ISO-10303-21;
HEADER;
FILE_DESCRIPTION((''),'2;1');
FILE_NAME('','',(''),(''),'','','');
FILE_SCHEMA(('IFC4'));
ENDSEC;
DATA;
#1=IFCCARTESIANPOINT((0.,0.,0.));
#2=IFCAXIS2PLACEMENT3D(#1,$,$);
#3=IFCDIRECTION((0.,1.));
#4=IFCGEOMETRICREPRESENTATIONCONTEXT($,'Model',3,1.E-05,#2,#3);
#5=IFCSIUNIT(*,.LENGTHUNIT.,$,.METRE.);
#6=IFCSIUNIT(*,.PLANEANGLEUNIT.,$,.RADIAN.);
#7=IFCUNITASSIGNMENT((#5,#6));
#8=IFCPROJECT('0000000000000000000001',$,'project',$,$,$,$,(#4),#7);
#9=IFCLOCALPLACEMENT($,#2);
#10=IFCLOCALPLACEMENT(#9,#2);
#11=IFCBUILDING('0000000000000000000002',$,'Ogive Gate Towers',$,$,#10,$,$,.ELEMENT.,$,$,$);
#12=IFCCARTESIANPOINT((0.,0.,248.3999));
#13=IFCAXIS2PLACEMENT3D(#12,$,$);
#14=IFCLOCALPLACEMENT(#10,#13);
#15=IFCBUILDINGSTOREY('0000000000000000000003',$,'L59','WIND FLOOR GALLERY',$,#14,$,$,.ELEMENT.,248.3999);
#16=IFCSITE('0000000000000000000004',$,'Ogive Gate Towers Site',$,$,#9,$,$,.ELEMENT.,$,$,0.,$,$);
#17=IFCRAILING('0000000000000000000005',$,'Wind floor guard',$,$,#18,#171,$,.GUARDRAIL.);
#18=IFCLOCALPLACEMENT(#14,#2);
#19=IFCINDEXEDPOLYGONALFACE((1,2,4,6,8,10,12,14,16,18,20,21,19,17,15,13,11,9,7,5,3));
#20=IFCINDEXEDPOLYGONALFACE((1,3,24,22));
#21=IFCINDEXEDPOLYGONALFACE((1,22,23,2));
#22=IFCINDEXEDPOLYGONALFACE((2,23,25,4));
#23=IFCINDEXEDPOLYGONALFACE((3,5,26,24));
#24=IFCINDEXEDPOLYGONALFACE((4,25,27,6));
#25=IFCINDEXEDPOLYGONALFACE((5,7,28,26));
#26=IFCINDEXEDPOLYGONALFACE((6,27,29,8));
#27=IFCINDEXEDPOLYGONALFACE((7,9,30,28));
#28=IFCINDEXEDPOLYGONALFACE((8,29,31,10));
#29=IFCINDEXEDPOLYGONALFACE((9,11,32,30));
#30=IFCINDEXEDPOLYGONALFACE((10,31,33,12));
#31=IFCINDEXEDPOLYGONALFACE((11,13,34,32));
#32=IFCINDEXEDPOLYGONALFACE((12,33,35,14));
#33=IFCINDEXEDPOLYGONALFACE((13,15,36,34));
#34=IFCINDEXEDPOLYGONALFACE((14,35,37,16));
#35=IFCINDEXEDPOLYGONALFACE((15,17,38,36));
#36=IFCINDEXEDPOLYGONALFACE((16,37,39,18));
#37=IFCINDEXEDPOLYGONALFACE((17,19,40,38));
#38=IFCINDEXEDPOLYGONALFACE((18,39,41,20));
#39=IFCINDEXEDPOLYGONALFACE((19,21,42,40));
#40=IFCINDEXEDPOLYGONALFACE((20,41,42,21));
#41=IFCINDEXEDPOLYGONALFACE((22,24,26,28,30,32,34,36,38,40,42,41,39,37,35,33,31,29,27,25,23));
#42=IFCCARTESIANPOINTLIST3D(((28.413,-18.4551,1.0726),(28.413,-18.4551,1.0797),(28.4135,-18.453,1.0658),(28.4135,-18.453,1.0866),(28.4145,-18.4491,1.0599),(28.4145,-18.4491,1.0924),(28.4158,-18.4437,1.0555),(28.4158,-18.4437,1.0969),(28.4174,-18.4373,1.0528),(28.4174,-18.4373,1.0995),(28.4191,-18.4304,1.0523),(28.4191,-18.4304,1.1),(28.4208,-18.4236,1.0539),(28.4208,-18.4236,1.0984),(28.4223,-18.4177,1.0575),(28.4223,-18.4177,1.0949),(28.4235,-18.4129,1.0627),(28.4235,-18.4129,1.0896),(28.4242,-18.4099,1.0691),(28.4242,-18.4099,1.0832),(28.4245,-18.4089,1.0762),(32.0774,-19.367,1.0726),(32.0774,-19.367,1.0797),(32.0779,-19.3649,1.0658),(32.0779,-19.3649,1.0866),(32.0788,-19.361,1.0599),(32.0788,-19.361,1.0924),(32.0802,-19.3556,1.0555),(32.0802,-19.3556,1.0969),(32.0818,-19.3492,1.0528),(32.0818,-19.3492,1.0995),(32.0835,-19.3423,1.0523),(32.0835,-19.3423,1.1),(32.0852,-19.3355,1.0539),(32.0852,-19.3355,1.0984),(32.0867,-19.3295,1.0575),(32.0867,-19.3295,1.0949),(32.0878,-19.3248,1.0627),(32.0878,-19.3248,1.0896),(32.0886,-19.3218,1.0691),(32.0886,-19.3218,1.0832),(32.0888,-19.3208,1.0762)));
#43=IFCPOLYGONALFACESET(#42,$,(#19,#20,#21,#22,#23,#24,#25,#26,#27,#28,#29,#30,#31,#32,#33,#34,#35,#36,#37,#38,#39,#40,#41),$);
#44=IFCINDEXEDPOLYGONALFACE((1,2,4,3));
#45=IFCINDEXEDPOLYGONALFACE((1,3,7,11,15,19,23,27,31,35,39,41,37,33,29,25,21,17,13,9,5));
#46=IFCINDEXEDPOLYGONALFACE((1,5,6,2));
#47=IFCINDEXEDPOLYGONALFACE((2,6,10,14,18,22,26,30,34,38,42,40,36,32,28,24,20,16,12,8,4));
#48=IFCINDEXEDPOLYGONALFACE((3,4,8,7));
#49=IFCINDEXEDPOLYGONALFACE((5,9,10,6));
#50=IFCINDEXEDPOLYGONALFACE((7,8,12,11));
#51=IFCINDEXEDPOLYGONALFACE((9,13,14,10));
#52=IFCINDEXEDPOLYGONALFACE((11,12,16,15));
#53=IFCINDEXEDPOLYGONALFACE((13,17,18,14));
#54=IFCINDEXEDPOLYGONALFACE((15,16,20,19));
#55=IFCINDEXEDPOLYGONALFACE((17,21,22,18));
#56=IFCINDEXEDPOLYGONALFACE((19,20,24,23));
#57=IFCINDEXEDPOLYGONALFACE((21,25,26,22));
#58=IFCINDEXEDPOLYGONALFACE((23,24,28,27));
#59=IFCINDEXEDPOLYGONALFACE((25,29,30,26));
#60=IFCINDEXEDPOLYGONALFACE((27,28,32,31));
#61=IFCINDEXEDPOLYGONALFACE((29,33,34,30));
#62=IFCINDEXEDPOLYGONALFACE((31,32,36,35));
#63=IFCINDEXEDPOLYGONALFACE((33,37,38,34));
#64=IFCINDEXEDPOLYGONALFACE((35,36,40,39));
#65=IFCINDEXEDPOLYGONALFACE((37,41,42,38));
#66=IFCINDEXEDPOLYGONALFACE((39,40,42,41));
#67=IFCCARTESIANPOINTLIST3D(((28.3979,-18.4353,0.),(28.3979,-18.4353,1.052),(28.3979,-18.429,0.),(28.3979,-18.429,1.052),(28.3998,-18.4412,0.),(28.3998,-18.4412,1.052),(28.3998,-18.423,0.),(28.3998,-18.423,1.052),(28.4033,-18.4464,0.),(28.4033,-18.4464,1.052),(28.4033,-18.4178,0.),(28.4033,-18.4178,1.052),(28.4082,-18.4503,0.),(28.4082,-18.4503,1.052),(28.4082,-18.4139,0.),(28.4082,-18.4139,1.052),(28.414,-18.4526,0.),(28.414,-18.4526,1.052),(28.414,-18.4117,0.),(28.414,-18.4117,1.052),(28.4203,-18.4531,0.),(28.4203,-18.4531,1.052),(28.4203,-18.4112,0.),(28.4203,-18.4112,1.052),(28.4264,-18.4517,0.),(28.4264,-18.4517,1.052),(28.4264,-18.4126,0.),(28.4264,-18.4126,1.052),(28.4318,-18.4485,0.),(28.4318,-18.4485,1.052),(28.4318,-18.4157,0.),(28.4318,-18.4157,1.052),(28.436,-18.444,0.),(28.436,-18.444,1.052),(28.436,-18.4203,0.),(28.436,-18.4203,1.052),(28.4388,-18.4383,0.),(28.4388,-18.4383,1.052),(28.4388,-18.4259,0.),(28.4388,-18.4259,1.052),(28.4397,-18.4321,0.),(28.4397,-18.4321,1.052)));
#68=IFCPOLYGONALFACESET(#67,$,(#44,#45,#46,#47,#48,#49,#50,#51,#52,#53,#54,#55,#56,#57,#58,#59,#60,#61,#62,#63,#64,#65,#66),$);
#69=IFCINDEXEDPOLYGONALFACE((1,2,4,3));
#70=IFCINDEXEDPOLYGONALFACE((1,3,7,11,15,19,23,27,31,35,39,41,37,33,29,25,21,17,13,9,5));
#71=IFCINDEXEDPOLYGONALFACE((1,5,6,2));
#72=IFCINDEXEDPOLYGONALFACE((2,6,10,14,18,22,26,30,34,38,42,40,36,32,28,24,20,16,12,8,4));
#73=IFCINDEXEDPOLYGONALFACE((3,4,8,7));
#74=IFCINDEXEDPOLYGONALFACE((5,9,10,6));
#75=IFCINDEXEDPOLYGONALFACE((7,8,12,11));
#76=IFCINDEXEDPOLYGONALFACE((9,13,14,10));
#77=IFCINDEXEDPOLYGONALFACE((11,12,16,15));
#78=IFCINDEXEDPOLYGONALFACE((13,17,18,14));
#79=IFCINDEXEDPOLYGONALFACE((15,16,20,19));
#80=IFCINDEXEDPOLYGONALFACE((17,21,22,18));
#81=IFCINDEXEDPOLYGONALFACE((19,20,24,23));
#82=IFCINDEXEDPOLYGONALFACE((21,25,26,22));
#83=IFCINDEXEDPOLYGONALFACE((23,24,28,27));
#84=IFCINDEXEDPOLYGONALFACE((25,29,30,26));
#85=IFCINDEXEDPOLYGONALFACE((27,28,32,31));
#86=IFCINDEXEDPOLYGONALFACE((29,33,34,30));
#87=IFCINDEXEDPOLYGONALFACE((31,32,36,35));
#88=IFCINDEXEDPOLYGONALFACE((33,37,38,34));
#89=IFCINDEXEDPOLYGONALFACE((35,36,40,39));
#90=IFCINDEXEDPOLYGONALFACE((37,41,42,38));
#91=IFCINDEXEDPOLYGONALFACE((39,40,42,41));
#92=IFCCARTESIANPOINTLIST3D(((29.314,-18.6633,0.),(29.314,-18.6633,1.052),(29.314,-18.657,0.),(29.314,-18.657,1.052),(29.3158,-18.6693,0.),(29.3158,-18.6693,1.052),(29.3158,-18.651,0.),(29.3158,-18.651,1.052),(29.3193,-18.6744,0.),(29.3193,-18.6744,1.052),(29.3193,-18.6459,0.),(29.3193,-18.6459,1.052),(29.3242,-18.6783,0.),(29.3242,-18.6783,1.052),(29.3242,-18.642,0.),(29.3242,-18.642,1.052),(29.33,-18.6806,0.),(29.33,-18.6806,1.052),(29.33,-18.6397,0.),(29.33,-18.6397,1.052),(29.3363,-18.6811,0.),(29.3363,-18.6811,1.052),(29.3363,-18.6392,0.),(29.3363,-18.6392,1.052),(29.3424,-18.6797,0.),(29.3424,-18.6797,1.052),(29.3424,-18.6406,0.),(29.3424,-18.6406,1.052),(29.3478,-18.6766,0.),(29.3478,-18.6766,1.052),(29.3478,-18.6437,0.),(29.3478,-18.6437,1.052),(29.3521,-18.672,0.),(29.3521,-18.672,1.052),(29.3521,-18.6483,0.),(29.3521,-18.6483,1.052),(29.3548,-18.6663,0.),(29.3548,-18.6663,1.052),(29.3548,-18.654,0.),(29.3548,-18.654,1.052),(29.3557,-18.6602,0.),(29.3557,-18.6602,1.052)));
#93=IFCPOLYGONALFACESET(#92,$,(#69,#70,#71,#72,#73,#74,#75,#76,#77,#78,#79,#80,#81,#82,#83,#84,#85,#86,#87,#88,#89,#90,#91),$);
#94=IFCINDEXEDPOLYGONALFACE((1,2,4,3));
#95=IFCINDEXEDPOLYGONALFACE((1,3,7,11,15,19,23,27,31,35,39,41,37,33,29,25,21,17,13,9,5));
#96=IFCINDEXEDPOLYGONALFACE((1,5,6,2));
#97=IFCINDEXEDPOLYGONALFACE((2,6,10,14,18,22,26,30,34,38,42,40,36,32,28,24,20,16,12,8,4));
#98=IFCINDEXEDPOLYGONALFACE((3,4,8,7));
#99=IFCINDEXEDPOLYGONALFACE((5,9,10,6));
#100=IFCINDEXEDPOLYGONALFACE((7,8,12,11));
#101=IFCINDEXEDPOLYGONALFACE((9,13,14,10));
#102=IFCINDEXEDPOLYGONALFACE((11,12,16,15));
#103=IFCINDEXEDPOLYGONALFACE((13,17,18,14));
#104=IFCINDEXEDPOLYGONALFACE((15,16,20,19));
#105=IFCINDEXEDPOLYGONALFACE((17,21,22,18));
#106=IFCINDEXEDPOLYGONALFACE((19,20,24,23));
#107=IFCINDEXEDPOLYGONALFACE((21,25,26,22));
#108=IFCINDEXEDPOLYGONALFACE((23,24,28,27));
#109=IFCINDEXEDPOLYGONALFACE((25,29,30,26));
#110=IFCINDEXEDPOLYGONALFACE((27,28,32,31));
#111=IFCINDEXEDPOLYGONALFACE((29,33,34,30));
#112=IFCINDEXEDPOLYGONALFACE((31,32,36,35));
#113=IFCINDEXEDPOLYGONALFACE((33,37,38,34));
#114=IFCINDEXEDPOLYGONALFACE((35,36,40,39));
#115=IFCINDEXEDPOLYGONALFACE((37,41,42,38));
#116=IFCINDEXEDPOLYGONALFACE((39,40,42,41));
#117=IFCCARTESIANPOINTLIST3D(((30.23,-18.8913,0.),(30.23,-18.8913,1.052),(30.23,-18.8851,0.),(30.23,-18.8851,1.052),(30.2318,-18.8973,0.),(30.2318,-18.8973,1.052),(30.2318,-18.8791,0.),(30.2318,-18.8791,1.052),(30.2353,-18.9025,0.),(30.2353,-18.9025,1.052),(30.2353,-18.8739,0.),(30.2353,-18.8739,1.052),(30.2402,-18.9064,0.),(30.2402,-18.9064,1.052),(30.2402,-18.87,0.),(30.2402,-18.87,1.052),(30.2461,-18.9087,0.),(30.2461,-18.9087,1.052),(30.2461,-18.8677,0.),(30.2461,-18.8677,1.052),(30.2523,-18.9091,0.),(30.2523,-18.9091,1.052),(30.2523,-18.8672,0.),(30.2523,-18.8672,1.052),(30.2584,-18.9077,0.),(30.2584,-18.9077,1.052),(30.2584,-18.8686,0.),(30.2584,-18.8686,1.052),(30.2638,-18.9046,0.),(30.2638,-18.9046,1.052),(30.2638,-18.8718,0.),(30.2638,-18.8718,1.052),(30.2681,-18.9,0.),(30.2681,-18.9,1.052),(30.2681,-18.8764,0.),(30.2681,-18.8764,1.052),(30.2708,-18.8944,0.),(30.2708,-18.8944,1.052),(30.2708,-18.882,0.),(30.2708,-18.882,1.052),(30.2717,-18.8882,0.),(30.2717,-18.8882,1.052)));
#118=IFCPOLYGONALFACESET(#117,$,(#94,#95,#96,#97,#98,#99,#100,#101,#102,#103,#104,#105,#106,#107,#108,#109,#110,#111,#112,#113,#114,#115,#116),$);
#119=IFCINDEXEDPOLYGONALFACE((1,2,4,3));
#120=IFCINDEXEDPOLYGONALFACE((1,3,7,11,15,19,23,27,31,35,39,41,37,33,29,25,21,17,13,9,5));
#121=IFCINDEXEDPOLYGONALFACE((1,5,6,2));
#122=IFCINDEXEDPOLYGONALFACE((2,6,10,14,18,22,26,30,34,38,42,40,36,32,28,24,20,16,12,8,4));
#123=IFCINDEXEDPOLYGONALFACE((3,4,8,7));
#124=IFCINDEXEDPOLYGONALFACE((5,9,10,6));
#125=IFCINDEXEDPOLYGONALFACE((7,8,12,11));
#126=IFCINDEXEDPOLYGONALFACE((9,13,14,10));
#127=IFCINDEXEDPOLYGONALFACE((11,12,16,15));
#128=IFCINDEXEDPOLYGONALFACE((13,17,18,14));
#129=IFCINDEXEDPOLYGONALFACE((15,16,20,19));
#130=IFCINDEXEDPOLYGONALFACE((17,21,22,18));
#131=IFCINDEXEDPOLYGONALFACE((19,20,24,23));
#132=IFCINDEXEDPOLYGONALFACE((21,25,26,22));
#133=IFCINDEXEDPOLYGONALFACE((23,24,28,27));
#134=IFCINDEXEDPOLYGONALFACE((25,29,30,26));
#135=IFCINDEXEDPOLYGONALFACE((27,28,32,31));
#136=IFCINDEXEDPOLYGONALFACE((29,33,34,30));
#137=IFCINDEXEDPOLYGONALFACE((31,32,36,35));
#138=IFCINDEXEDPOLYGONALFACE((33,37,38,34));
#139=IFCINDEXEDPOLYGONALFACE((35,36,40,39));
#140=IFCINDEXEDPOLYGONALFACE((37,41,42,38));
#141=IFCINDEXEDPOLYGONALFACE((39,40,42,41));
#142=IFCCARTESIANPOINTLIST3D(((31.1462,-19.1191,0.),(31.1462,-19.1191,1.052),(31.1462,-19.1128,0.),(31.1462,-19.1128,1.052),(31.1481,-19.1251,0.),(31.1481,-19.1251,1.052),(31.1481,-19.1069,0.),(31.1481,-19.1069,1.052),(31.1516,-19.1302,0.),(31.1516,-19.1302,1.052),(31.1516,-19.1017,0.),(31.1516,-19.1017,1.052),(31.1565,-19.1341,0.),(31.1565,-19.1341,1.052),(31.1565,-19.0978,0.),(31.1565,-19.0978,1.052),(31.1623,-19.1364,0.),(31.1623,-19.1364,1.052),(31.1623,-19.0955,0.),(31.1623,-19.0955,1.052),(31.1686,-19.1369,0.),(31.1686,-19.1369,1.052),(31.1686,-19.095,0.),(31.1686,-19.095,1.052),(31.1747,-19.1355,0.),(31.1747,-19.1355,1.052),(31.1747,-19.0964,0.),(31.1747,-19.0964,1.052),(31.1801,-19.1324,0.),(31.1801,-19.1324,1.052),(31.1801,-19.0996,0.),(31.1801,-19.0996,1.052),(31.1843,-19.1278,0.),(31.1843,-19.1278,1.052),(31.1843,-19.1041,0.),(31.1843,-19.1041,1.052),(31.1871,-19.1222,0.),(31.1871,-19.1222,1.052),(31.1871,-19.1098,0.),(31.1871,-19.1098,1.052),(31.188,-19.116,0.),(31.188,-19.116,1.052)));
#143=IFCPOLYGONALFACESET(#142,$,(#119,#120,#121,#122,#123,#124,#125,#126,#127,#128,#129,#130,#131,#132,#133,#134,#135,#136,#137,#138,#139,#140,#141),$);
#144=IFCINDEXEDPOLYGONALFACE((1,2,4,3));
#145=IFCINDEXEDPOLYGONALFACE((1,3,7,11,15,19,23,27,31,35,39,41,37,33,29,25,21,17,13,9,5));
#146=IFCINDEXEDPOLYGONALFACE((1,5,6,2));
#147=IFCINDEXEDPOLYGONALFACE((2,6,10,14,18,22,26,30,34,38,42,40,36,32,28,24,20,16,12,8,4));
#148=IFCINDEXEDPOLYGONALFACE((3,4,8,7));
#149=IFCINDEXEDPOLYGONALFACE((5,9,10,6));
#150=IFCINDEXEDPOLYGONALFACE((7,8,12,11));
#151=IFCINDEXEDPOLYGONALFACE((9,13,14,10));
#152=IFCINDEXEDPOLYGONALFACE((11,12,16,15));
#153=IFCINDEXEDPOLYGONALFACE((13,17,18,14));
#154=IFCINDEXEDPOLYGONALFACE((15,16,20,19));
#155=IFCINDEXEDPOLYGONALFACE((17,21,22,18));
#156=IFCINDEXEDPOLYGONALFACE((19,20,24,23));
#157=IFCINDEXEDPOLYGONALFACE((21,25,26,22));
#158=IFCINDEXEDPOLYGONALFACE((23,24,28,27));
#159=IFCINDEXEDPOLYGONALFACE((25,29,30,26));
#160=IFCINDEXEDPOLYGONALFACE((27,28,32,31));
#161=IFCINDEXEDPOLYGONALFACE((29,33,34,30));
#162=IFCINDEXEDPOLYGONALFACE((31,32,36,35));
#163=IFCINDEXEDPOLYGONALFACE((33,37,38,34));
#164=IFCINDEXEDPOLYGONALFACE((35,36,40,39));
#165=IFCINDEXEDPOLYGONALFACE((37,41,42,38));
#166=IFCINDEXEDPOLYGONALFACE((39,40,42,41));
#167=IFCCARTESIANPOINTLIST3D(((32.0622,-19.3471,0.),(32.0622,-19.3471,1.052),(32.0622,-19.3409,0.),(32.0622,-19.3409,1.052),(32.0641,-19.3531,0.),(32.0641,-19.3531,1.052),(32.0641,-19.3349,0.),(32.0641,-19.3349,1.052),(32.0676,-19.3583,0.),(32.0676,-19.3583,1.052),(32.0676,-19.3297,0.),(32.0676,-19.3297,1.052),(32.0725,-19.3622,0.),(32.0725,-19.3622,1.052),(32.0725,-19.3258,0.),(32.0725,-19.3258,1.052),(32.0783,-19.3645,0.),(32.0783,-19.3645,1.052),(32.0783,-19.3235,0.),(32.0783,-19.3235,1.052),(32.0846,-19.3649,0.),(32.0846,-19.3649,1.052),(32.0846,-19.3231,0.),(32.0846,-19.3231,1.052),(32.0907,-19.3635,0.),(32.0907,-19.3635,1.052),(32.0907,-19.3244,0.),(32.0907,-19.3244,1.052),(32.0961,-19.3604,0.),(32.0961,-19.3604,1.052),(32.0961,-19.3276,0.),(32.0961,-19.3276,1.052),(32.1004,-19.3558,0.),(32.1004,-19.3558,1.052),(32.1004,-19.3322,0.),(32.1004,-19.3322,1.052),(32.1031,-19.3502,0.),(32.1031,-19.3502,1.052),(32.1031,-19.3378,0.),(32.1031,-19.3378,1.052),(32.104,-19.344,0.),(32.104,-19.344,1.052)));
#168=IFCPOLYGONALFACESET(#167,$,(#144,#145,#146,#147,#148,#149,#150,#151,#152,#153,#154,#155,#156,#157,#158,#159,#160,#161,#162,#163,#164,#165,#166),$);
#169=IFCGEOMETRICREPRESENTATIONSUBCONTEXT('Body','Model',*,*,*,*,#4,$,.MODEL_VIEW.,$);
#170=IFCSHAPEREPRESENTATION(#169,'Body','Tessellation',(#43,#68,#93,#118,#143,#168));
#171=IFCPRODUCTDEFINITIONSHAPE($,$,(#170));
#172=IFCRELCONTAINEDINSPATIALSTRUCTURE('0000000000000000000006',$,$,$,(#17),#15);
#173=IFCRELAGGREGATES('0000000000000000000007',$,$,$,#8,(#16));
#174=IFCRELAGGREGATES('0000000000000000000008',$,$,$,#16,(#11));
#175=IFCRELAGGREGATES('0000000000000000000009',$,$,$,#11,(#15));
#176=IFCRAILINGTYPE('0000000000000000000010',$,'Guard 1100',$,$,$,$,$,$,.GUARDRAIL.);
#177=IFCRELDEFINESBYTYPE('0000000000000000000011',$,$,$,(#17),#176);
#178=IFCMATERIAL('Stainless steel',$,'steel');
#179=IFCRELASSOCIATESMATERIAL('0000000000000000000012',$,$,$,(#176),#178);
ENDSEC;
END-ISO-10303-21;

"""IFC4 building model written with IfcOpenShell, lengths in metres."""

from ifc_helpers import new_model, si_unit, direction, frame, origin, origin_2d, place, context, subcontext, project, spatial, circle, extrude, material, type_object, element, save


model = new_model("IFC4")

# Units and contexts
model_context = context("Model", 3, precision=1e-05, world=origin(), true_north=direction((0.0, 1.0)))
body_context = subcontext(model_context, "Body", "Model", "MODEL_VIEW")
ifc_project = project(units=[si_unit("LENGTHUNIT", "METRE"), si_unit("PLANEANGLEUNIT", "RADIAN")], contexts=[model_context])

# Site, building, storey
site_placement = place(None, origin())
site = spatial("IfcSite", under=ifc_project, at=site_placement, Name="Ogive Gate Towers Site", CompositionType="ELEMENT", RefElevation=0.0)
building_placement = place(site_placement, origin())
building = spatial("IfcBuilding", under=site, at=building_placement, Name="Ogive Gate Towers", CompositionType="ELEMENT")
storey_placement = place(building_placement, frame((0.0, 0.0, 248.3999)))
storey = spatial("IfcBuildingStorey", under=building, at=storey_placement, Name="L59", Description="WIND FLOOR GALLERY", CompositionType="ELEMENT", Elevation=248.3999)

# Railing
ifc_material_1 = material(Name="Stainless steel", Category="steel")
railing_type_1 = type_object("IfcRailingType", Name="Guard 1100", PredefinedType="GUARDRAIL", material=ifc_material_1)
railing_1_placement = place(storey_placement, frame((28.4187, -18.4321, 0.0)))
element("IfcRailing", 1, at=railing_1_placement, inside=storey, type_object=railing_type_1, Name="Wind floor guard", PredefinedType="GUARDRAIL", context=body_context, shape_type="SweptSolid", body=[
    extrude(circle(Radius=0.0239, at=origin_2d()), frame((0.0, 0.0, 1.0762), z_axis=(0.970404, -0.241486, 0.0), x_axis=(0.241486, 0.970404, 0.0)), (0.0, 0.0, 1.0), 3.7761),
    extrude(circle(Radius=0.021, at=origin_2d()), origin(), (0.0, 0.0, 1.0), 1.052),
    extrude(circle(Radius=0.021, at=origin_2d()), frame((0.916, -0.228, 0.0)), (0.0, 0.0, 1.0), 1.052),
    extrude(circle(Radius=0.021, at=origin_2d()), frame((1.832, -0.4561, 0.0)), (0.0, 0.0, 1.0), 1.052),
    extrude(circle(Radius=0.021, at=origin_2d()), frame((2.7483, -0.6838, 0.0)), (0.0, 0.0, 1.0), 1.052),
    extrude(circle(Radius=0.021, at=origin_2d()), frame((3.6643, -0.9119, 0.0)), (0.0, 0.0, 1.0), 1.052),
])

save(model, "model.ifc")
